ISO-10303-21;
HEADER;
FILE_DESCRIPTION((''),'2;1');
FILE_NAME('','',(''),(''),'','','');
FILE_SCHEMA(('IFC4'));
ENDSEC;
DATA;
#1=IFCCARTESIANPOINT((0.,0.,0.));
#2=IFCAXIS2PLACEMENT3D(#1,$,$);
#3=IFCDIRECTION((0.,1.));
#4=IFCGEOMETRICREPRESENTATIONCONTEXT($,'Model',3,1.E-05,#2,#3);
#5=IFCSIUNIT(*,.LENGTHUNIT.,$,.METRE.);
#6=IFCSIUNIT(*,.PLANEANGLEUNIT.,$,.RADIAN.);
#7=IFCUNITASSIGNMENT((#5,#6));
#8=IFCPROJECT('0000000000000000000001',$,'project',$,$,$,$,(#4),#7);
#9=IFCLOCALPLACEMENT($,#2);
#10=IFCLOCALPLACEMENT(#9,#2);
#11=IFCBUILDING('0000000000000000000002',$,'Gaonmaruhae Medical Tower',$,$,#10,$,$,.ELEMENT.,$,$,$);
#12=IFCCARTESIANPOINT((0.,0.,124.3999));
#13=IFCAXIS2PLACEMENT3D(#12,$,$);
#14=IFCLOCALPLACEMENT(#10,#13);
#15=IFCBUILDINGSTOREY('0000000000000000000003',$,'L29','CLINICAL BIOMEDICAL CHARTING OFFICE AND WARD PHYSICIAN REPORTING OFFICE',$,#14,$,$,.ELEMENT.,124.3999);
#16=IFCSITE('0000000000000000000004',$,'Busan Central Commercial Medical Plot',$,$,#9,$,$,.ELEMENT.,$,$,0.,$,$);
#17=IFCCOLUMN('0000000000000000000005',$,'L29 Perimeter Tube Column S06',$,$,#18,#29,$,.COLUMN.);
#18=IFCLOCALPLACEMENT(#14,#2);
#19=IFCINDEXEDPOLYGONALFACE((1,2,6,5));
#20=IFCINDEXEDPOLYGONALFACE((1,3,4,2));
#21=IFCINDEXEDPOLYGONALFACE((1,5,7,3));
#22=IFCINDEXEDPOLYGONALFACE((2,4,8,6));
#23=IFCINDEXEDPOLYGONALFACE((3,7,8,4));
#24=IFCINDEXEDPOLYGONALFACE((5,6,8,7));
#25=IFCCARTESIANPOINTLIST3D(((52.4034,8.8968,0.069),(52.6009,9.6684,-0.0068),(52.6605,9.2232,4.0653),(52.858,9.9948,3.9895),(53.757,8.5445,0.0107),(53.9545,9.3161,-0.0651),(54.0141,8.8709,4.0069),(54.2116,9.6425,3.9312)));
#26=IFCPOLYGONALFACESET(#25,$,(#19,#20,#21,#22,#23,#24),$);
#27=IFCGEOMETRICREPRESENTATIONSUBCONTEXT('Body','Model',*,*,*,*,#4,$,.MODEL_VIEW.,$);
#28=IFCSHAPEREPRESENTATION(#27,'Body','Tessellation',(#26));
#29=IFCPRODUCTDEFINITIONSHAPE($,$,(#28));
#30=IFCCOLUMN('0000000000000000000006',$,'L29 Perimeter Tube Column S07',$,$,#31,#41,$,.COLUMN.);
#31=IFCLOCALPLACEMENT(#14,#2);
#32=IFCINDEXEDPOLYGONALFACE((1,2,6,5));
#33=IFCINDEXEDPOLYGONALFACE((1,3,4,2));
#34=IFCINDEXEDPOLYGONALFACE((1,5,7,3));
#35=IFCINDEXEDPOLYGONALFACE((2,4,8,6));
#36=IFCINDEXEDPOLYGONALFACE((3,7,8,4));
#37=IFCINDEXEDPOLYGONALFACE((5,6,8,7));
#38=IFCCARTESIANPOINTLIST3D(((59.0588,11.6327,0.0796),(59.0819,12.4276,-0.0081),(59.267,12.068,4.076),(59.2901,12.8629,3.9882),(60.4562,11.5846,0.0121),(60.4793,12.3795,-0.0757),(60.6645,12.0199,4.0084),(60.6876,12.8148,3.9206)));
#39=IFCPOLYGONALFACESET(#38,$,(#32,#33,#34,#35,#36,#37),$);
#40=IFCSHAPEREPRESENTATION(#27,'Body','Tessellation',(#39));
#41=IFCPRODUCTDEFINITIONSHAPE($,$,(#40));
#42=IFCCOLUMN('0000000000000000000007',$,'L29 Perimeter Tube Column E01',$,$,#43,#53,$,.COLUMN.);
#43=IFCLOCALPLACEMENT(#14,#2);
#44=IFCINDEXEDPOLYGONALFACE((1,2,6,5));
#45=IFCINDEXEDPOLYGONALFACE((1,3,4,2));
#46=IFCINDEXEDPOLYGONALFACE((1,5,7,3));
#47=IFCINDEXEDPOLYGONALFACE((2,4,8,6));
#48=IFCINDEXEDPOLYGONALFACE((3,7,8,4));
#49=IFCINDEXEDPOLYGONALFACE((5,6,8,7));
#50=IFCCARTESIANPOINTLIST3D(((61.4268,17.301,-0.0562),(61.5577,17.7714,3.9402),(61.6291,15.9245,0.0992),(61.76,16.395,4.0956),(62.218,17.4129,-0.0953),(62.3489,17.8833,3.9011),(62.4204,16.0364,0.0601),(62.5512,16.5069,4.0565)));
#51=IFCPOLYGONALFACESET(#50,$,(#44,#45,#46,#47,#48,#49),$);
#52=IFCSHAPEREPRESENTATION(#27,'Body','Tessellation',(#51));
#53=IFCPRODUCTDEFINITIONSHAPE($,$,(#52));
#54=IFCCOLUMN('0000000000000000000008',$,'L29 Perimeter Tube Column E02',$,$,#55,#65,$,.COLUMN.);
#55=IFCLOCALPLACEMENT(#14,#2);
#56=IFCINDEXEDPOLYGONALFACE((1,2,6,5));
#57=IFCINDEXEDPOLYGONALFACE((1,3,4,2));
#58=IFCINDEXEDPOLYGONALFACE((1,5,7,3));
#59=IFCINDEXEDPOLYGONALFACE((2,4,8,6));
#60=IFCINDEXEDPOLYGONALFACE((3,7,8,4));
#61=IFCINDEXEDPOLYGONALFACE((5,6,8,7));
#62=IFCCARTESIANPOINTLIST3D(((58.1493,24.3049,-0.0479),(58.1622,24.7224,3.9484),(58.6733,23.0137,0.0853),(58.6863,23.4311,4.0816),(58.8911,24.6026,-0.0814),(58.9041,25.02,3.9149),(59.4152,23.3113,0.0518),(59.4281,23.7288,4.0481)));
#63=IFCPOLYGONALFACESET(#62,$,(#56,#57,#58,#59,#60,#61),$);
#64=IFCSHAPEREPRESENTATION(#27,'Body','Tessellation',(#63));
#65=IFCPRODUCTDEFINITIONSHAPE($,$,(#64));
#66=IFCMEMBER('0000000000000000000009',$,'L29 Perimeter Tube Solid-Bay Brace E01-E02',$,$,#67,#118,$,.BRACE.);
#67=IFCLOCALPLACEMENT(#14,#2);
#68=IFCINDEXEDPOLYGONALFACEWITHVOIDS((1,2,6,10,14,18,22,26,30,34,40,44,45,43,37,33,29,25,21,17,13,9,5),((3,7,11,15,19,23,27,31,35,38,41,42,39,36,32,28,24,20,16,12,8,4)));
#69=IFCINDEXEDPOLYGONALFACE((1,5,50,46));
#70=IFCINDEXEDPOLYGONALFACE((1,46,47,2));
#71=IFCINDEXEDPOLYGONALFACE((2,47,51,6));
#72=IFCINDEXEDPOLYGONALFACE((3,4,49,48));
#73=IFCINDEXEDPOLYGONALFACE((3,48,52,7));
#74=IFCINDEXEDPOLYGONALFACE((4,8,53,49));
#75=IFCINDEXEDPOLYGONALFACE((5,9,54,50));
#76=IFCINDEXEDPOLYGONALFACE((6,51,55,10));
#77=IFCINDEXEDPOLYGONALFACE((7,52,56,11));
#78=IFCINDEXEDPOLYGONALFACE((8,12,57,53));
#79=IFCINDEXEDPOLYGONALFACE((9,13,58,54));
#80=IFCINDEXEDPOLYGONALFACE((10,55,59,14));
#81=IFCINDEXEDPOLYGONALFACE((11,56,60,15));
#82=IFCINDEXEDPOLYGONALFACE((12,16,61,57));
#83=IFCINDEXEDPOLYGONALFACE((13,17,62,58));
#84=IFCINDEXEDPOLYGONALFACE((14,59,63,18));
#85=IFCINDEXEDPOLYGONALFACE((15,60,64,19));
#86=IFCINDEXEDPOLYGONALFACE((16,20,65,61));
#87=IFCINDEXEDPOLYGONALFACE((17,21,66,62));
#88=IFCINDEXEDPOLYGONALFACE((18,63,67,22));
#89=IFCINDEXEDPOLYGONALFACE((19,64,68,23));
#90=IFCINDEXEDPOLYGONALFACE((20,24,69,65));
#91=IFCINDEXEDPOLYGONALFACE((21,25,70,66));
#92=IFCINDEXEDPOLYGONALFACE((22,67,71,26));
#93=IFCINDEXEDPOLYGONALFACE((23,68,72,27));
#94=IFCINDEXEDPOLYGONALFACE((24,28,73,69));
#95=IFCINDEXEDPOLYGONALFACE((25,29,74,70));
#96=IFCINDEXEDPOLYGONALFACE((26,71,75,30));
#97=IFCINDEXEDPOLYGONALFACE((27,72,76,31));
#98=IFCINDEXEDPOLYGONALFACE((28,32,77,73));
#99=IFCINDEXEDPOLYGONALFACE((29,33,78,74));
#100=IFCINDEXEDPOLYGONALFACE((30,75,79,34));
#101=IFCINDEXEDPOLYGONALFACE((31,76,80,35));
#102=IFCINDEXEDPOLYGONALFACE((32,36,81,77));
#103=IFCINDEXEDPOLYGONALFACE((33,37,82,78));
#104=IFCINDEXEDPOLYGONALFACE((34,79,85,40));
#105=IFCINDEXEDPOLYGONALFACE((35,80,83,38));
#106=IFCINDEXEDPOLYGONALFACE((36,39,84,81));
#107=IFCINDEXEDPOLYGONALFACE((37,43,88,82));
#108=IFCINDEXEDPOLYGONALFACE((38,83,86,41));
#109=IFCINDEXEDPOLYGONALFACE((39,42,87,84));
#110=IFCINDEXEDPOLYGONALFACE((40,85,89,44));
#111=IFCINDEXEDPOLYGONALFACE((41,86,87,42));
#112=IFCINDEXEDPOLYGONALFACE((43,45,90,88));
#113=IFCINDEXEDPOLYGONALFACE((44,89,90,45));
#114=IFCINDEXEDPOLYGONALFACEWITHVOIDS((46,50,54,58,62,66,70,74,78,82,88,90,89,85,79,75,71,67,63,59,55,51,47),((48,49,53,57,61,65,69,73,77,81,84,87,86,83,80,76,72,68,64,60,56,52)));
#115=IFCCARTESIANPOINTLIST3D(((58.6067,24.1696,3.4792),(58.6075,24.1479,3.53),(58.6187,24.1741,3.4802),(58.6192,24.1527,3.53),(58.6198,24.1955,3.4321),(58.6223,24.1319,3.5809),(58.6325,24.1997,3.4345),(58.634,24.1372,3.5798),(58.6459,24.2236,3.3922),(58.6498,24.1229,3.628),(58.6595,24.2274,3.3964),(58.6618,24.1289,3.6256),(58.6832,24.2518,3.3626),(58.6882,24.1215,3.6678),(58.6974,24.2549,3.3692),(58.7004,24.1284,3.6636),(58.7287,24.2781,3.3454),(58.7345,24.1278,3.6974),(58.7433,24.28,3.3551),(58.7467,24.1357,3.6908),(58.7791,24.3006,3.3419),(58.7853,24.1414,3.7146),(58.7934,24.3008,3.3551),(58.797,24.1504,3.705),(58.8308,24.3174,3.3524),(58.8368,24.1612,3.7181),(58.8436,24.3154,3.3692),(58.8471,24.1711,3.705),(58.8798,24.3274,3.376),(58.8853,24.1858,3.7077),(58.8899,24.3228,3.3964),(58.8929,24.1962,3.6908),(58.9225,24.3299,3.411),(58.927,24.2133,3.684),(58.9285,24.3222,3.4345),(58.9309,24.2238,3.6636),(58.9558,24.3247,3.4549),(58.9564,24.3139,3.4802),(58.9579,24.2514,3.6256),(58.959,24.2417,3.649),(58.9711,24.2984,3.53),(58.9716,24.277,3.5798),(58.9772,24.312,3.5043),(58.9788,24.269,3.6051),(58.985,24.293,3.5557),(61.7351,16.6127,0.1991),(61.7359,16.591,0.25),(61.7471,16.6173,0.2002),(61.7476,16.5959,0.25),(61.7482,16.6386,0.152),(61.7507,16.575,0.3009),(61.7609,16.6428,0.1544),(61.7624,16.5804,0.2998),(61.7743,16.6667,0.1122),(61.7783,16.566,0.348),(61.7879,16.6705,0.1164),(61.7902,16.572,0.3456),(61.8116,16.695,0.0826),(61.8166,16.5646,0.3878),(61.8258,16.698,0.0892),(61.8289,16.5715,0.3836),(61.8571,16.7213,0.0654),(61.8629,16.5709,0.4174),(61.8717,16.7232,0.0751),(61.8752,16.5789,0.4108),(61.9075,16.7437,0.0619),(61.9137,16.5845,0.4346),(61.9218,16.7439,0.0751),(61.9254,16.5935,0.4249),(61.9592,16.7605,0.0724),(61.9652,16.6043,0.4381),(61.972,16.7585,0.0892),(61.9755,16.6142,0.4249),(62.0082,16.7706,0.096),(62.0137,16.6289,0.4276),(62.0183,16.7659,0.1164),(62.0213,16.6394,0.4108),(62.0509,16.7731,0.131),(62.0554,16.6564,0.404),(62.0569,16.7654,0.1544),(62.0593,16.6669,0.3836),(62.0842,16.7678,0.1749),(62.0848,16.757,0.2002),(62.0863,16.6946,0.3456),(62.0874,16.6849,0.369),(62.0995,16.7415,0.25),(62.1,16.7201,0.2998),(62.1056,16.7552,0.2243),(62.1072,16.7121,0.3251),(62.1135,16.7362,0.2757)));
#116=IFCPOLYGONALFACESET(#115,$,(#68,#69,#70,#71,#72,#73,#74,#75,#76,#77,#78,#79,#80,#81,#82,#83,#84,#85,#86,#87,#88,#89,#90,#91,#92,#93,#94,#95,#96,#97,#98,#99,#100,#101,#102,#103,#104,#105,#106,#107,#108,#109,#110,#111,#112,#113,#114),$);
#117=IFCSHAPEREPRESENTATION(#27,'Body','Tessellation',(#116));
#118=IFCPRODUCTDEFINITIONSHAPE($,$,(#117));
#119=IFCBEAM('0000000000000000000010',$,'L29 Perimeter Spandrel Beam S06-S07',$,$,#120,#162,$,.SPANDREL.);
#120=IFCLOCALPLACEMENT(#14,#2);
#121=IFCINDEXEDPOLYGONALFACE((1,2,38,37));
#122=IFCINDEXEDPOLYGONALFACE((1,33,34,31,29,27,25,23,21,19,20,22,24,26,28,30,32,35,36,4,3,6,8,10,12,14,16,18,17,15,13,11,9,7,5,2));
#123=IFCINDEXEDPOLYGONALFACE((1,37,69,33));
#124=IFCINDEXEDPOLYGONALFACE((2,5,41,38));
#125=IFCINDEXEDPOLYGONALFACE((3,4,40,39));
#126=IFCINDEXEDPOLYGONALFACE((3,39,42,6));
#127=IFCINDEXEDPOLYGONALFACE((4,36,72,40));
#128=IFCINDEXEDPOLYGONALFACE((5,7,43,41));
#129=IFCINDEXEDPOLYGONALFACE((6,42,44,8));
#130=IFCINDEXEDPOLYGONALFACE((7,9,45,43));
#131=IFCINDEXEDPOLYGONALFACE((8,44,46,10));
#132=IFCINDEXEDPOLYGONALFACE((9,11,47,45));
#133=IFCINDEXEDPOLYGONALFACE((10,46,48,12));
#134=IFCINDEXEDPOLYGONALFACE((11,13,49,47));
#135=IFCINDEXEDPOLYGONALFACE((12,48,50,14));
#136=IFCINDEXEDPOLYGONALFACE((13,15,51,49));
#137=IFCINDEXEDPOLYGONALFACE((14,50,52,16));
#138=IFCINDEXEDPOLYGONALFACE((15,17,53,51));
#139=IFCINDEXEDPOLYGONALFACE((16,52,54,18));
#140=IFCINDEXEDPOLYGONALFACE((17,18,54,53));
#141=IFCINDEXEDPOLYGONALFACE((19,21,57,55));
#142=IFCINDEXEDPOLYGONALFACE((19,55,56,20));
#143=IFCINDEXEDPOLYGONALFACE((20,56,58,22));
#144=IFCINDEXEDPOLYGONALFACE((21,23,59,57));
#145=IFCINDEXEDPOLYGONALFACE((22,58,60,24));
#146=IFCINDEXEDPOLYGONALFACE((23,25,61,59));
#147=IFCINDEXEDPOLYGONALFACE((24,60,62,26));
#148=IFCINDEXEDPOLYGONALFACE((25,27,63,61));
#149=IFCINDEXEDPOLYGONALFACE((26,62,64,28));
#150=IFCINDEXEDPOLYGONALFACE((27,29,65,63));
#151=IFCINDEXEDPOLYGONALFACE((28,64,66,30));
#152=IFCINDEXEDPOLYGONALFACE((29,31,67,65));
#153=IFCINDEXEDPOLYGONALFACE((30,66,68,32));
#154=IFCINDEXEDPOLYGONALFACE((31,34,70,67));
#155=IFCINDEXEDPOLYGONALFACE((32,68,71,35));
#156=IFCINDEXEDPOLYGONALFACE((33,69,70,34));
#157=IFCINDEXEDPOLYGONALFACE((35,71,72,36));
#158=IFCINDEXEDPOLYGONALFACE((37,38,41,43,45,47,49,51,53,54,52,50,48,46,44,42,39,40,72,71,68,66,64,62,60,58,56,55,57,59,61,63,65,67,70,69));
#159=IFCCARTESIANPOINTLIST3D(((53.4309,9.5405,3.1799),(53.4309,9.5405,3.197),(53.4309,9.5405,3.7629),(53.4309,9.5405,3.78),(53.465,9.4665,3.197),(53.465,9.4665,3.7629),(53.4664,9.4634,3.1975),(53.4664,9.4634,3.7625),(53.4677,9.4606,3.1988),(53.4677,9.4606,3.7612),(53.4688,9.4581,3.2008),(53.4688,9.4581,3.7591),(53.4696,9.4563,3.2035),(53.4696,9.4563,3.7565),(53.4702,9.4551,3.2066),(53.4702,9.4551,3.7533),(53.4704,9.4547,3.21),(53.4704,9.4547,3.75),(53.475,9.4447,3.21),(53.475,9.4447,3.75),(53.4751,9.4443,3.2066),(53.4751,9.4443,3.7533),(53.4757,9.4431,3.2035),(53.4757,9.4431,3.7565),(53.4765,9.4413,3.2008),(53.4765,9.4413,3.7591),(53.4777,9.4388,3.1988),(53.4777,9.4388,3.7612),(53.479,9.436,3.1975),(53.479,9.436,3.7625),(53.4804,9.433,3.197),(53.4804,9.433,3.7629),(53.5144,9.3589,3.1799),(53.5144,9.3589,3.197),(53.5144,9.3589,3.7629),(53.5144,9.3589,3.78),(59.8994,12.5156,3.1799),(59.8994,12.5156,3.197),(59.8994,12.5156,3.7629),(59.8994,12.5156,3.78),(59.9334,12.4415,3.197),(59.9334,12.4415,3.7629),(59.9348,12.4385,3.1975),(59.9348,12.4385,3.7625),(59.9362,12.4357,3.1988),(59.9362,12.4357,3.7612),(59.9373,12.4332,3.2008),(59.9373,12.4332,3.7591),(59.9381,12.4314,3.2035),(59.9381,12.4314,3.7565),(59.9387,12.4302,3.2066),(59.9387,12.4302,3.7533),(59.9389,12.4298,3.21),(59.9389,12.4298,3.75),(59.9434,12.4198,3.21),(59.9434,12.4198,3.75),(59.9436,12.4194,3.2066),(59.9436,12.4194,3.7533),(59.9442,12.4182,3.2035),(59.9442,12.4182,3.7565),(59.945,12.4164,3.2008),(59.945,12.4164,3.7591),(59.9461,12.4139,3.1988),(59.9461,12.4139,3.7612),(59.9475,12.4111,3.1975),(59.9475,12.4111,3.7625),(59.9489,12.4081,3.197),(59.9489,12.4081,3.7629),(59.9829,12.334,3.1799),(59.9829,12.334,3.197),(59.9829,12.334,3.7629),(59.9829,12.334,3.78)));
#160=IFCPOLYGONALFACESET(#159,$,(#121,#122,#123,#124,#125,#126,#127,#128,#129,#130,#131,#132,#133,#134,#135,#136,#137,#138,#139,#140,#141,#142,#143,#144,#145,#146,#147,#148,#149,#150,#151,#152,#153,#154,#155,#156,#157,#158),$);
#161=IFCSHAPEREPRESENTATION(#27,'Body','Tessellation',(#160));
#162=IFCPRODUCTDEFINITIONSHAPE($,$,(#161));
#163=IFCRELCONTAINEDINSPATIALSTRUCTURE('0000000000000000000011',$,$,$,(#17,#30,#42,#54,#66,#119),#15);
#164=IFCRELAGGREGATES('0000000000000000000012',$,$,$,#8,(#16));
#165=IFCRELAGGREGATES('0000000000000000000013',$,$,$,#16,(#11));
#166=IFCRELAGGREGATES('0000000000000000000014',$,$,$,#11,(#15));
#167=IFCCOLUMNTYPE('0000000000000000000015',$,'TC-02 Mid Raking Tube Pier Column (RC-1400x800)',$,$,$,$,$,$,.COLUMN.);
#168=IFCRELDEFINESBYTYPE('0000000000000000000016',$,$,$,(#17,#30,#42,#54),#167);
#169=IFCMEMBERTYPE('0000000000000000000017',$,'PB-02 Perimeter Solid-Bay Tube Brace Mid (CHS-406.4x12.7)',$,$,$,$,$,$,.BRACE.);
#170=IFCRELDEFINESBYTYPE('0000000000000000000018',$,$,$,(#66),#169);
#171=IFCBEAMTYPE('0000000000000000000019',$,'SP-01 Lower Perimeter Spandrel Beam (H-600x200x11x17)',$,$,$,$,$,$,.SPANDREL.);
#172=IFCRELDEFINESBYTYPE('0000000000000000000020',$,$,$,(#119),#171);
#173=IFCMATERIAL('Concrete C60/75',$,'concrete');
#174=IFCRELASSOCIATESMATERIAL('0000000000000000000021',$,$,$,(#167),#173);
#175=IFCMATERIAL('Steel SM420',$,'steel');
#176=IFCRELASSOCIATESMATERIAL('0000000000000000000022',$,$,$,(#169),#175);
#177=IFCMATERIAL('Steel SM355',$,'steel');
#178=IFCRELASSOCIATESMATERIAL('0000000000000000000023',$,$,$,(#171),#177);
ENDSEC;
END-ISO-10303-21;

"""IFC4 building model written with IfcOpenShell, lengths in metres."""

from ifc_helpers import new_model, si_unit, direction, frame, origin, origin_2d, place, context, subcontext, project, spatial, rectangle, hollow_circle, i_section, extrude, material, material_profile, profile_set, type_object, element, save


model = new_model("IFC4")

# Units and contexts
model_context = context("Model", 3, precision=1e-05, world=origin(), true_north=direction((0.0, 1.0)))
body_context = subcontext(model_context, "Body", "Model", "MODEL_VIEW")
ifc_project = project(units=[si_unit("LENGTHUNIT", "METRE"), si_unit("PLANEANGLEUNIT", "RADIAN")], contexts=[model_context])

# Site, building, storey
site_placement = place(None, origin())
site = spatial("IfcSite", under=ifc_project, at=site_placement, Name="Busan Central Commercial Medical Plot", CompositionType="ELEMENT", RefElevation=0.0)
building_placement = place(site_placement, origin())
building = spatial("IfcBuilding", under=site, at=building_placement, Name="Gaonmaruhae Medical Tower", CompositionType="ELEMENT")
storey_placement = place(building_placement, frame((0.0, 0.0, 124.3999)))
storey = spatial("IfcBuildingStorey", under=building, at=storey_placement, Name="L29", Description="CLINICAL BIOMEDICAL CHARTING OFFICE AND WARD PHYSICIAN REPORTING OFFICE", CompositionType="ELEMENT", Elevation=124.3999)

# Columns
ifc_material_1 = material(Name="Concrete C60/75", Category="concrete")
ifc_material_profile_1 = material_profile(ifc_material_1, rectangle(XDim=1.3999, YDim=0.8, at=origin_2d()), Name="RC-1400x800")
ifc_profile_set_1 = profile_set([ifc_material_profile_1], Name="Concrete C60/75")
column_type = type_object("IfcColumnType", Name="TC-02 Mid Raking Tube Pier Column (RC-1400x800)", PredefinedType="COLUMN", material=ifc_profile_set_1)
column_1_placement = place(storey_placement, frame((53.179, 9.1064, 0.002), z_axis=(0.063984, 0.081241, 0.994639), x_axis=(-0.966928, 0.251627, 0.041649)))
element("IfcColumn", 1, at=column_1_placement, inside=storey, type_object=column_type, Name="L29 Perimeter Tube Column S06", PredefinedType="COLUMN", context=body_context, shape_type="SweptSolid", body=[
    extrude(rectangle(XDim=1.3999, YDim=0.8, at=origin_2d()), origin(), (0.0, 0.0, 1.0), 4.0178),
])
column_2_placement = place(storey_placement, frame((59.769, 12.0061, 0.002), z_axis=(0.051735, 0.10814, 0.992789), x_axis=(-0.998244, 0.034324, 0.04828)))
element("IfcColumn", 2, at=column_2_placement, inside=storey, type_object=column_type, Name="L29 Perimeter Tube Column S07", PredefinedType="COLUMN", context=body_context, shape_type="SweptSolid", body=[
    extrude(rectangle(XDim=1.3999, YDim=0.8, at=origin_2d()), origin(), (0.0, 0.0, 1.0), 4.0254),
])
column_3_placement = place(storey_placement, frame((61.9236, 16.6687, 0.002), z_axis=(0.032503, 0.116853, 0.992617), x_axis=(0.144543, -0.983251, 0.111018)))
element("IfcColumn", 3, at=column_3_placement, inside=storey, type_object=column_type, Name="L29 Perimeter Tube Column E01", PredefinedType="COLUMN", context=body_context, shape_type="SweptSolid", body=[
    extrude(rectangle(XDim=1.3999, YDim=0.8, at=origin_2d()), origin(), (0.0, 0.0, 1.0), 4.0261),
])
column_4_placement = place(storey_placement, frame((58.7822, 23.8081, 0.002), z_axis=(0.00322, 0.1039, 0.994583), x_axis=(0.374351, -0.922393, 0.095146)))
element("IfcColumn", 4, at=column_4_placement, inside=storey, type_object=column_type, Name="L29 Perimeter Tube Column E02", PredefinedType="COLUMN", context=body_context, shape_type="SweptSolid", body=[
    extrude(rectangle(XDim=1.3999, YDim=0.8, at=origin_2d()), origin(), (0.0, 0.0, 1.0), 4.0181),
])

# Member
ifc_material_2 = material(Name="Steel SM420", Category="steel")
ifc_material_profile_2 = material_profile(ifc_material_2, hollow_circle(Radius=0.2031, WallThickness=0.0127, at=origin_2d()), Name="CHS-406.4x12.7")
ifc_profile_set_2 = profile_set([ifc_material_profile_2], Name="Steel SM420")
member_type = type_object("IfcMemberType", Name="PB-02 Perimeter Solid-Bay Tube Brace Mid (CHS-406.4x12.7)", PredefinedType="BRACE", material=ifc_profile_set_2)
member_placement = place(storey_placement, frame((61.9236, 16.6687, 0.25), z_axis=(-0.355016, 0.857563, 0.372221), x_axis=(-0.923955, -0.382501, 0.0)))
element("IfcMember", 5, at=member_placement, inside=storey, type_object=member_type, Name="L29 Perimeter Tube Solid-Bay Brace E01-E02", PredefinedType="BRACE", context=body_context, shape_type="SweptSolid", body=[
    extrude(hollow_circle(Radius=0.2031, WallThickness=0.0127, at=origin_2d()), origin(), (0.0, 0.0, 1.0), 8.812),
])

# Beam
ifc_material_3 = material(Name="Steel SM355", Category="steel")
ifc_material_profile_3 = material_profile(ifc_material_3, i_section(OverallWidth=0.2, OverallDepth=0.6001, WebThickness=0.011, FlangeThickness=0.0171, FilletRadius=0.0129, at=origin_2d()), Name="H-600x200x11x17")
ifc_profile_set_3 = profile_set([ifc_material_profile_3], Name="Steel SM355")
beam_type = type_object("IfcBeamType", Name="SP-01 Lower Perimeter Spandrel Beam (H-600x200x11x17)", PredefinedType="SPANDREL", material=ifc_profile_set_3)
beam_1_placement = place(storey_placement, frame((53.4727, 9.4497, 3.48), z_axis=(0.908513, 0.417857, 0.0), x_axis=(-0.417857, 0.908513, 0.0)))
element("IfcBeam", 6, at=beam_1_placement, inside=storey, type_object=beam_type, Name="L29 Perimeter Spandrel Beam S06-S07", PredefinedType="SPANDREL", context=body_context, shape_type="SweptSolid", body=[
    extrude(i_section(OverallWidth=0.2, OverallDepth=0.6001, WebThickness=0.011, FlangeThickness=0.0171, FilletRadius=0.0129, at=origin_2d()), origin(), (0.0, 0.0, 1.0), 7.1199),
])

save(model, "model.ifc")
